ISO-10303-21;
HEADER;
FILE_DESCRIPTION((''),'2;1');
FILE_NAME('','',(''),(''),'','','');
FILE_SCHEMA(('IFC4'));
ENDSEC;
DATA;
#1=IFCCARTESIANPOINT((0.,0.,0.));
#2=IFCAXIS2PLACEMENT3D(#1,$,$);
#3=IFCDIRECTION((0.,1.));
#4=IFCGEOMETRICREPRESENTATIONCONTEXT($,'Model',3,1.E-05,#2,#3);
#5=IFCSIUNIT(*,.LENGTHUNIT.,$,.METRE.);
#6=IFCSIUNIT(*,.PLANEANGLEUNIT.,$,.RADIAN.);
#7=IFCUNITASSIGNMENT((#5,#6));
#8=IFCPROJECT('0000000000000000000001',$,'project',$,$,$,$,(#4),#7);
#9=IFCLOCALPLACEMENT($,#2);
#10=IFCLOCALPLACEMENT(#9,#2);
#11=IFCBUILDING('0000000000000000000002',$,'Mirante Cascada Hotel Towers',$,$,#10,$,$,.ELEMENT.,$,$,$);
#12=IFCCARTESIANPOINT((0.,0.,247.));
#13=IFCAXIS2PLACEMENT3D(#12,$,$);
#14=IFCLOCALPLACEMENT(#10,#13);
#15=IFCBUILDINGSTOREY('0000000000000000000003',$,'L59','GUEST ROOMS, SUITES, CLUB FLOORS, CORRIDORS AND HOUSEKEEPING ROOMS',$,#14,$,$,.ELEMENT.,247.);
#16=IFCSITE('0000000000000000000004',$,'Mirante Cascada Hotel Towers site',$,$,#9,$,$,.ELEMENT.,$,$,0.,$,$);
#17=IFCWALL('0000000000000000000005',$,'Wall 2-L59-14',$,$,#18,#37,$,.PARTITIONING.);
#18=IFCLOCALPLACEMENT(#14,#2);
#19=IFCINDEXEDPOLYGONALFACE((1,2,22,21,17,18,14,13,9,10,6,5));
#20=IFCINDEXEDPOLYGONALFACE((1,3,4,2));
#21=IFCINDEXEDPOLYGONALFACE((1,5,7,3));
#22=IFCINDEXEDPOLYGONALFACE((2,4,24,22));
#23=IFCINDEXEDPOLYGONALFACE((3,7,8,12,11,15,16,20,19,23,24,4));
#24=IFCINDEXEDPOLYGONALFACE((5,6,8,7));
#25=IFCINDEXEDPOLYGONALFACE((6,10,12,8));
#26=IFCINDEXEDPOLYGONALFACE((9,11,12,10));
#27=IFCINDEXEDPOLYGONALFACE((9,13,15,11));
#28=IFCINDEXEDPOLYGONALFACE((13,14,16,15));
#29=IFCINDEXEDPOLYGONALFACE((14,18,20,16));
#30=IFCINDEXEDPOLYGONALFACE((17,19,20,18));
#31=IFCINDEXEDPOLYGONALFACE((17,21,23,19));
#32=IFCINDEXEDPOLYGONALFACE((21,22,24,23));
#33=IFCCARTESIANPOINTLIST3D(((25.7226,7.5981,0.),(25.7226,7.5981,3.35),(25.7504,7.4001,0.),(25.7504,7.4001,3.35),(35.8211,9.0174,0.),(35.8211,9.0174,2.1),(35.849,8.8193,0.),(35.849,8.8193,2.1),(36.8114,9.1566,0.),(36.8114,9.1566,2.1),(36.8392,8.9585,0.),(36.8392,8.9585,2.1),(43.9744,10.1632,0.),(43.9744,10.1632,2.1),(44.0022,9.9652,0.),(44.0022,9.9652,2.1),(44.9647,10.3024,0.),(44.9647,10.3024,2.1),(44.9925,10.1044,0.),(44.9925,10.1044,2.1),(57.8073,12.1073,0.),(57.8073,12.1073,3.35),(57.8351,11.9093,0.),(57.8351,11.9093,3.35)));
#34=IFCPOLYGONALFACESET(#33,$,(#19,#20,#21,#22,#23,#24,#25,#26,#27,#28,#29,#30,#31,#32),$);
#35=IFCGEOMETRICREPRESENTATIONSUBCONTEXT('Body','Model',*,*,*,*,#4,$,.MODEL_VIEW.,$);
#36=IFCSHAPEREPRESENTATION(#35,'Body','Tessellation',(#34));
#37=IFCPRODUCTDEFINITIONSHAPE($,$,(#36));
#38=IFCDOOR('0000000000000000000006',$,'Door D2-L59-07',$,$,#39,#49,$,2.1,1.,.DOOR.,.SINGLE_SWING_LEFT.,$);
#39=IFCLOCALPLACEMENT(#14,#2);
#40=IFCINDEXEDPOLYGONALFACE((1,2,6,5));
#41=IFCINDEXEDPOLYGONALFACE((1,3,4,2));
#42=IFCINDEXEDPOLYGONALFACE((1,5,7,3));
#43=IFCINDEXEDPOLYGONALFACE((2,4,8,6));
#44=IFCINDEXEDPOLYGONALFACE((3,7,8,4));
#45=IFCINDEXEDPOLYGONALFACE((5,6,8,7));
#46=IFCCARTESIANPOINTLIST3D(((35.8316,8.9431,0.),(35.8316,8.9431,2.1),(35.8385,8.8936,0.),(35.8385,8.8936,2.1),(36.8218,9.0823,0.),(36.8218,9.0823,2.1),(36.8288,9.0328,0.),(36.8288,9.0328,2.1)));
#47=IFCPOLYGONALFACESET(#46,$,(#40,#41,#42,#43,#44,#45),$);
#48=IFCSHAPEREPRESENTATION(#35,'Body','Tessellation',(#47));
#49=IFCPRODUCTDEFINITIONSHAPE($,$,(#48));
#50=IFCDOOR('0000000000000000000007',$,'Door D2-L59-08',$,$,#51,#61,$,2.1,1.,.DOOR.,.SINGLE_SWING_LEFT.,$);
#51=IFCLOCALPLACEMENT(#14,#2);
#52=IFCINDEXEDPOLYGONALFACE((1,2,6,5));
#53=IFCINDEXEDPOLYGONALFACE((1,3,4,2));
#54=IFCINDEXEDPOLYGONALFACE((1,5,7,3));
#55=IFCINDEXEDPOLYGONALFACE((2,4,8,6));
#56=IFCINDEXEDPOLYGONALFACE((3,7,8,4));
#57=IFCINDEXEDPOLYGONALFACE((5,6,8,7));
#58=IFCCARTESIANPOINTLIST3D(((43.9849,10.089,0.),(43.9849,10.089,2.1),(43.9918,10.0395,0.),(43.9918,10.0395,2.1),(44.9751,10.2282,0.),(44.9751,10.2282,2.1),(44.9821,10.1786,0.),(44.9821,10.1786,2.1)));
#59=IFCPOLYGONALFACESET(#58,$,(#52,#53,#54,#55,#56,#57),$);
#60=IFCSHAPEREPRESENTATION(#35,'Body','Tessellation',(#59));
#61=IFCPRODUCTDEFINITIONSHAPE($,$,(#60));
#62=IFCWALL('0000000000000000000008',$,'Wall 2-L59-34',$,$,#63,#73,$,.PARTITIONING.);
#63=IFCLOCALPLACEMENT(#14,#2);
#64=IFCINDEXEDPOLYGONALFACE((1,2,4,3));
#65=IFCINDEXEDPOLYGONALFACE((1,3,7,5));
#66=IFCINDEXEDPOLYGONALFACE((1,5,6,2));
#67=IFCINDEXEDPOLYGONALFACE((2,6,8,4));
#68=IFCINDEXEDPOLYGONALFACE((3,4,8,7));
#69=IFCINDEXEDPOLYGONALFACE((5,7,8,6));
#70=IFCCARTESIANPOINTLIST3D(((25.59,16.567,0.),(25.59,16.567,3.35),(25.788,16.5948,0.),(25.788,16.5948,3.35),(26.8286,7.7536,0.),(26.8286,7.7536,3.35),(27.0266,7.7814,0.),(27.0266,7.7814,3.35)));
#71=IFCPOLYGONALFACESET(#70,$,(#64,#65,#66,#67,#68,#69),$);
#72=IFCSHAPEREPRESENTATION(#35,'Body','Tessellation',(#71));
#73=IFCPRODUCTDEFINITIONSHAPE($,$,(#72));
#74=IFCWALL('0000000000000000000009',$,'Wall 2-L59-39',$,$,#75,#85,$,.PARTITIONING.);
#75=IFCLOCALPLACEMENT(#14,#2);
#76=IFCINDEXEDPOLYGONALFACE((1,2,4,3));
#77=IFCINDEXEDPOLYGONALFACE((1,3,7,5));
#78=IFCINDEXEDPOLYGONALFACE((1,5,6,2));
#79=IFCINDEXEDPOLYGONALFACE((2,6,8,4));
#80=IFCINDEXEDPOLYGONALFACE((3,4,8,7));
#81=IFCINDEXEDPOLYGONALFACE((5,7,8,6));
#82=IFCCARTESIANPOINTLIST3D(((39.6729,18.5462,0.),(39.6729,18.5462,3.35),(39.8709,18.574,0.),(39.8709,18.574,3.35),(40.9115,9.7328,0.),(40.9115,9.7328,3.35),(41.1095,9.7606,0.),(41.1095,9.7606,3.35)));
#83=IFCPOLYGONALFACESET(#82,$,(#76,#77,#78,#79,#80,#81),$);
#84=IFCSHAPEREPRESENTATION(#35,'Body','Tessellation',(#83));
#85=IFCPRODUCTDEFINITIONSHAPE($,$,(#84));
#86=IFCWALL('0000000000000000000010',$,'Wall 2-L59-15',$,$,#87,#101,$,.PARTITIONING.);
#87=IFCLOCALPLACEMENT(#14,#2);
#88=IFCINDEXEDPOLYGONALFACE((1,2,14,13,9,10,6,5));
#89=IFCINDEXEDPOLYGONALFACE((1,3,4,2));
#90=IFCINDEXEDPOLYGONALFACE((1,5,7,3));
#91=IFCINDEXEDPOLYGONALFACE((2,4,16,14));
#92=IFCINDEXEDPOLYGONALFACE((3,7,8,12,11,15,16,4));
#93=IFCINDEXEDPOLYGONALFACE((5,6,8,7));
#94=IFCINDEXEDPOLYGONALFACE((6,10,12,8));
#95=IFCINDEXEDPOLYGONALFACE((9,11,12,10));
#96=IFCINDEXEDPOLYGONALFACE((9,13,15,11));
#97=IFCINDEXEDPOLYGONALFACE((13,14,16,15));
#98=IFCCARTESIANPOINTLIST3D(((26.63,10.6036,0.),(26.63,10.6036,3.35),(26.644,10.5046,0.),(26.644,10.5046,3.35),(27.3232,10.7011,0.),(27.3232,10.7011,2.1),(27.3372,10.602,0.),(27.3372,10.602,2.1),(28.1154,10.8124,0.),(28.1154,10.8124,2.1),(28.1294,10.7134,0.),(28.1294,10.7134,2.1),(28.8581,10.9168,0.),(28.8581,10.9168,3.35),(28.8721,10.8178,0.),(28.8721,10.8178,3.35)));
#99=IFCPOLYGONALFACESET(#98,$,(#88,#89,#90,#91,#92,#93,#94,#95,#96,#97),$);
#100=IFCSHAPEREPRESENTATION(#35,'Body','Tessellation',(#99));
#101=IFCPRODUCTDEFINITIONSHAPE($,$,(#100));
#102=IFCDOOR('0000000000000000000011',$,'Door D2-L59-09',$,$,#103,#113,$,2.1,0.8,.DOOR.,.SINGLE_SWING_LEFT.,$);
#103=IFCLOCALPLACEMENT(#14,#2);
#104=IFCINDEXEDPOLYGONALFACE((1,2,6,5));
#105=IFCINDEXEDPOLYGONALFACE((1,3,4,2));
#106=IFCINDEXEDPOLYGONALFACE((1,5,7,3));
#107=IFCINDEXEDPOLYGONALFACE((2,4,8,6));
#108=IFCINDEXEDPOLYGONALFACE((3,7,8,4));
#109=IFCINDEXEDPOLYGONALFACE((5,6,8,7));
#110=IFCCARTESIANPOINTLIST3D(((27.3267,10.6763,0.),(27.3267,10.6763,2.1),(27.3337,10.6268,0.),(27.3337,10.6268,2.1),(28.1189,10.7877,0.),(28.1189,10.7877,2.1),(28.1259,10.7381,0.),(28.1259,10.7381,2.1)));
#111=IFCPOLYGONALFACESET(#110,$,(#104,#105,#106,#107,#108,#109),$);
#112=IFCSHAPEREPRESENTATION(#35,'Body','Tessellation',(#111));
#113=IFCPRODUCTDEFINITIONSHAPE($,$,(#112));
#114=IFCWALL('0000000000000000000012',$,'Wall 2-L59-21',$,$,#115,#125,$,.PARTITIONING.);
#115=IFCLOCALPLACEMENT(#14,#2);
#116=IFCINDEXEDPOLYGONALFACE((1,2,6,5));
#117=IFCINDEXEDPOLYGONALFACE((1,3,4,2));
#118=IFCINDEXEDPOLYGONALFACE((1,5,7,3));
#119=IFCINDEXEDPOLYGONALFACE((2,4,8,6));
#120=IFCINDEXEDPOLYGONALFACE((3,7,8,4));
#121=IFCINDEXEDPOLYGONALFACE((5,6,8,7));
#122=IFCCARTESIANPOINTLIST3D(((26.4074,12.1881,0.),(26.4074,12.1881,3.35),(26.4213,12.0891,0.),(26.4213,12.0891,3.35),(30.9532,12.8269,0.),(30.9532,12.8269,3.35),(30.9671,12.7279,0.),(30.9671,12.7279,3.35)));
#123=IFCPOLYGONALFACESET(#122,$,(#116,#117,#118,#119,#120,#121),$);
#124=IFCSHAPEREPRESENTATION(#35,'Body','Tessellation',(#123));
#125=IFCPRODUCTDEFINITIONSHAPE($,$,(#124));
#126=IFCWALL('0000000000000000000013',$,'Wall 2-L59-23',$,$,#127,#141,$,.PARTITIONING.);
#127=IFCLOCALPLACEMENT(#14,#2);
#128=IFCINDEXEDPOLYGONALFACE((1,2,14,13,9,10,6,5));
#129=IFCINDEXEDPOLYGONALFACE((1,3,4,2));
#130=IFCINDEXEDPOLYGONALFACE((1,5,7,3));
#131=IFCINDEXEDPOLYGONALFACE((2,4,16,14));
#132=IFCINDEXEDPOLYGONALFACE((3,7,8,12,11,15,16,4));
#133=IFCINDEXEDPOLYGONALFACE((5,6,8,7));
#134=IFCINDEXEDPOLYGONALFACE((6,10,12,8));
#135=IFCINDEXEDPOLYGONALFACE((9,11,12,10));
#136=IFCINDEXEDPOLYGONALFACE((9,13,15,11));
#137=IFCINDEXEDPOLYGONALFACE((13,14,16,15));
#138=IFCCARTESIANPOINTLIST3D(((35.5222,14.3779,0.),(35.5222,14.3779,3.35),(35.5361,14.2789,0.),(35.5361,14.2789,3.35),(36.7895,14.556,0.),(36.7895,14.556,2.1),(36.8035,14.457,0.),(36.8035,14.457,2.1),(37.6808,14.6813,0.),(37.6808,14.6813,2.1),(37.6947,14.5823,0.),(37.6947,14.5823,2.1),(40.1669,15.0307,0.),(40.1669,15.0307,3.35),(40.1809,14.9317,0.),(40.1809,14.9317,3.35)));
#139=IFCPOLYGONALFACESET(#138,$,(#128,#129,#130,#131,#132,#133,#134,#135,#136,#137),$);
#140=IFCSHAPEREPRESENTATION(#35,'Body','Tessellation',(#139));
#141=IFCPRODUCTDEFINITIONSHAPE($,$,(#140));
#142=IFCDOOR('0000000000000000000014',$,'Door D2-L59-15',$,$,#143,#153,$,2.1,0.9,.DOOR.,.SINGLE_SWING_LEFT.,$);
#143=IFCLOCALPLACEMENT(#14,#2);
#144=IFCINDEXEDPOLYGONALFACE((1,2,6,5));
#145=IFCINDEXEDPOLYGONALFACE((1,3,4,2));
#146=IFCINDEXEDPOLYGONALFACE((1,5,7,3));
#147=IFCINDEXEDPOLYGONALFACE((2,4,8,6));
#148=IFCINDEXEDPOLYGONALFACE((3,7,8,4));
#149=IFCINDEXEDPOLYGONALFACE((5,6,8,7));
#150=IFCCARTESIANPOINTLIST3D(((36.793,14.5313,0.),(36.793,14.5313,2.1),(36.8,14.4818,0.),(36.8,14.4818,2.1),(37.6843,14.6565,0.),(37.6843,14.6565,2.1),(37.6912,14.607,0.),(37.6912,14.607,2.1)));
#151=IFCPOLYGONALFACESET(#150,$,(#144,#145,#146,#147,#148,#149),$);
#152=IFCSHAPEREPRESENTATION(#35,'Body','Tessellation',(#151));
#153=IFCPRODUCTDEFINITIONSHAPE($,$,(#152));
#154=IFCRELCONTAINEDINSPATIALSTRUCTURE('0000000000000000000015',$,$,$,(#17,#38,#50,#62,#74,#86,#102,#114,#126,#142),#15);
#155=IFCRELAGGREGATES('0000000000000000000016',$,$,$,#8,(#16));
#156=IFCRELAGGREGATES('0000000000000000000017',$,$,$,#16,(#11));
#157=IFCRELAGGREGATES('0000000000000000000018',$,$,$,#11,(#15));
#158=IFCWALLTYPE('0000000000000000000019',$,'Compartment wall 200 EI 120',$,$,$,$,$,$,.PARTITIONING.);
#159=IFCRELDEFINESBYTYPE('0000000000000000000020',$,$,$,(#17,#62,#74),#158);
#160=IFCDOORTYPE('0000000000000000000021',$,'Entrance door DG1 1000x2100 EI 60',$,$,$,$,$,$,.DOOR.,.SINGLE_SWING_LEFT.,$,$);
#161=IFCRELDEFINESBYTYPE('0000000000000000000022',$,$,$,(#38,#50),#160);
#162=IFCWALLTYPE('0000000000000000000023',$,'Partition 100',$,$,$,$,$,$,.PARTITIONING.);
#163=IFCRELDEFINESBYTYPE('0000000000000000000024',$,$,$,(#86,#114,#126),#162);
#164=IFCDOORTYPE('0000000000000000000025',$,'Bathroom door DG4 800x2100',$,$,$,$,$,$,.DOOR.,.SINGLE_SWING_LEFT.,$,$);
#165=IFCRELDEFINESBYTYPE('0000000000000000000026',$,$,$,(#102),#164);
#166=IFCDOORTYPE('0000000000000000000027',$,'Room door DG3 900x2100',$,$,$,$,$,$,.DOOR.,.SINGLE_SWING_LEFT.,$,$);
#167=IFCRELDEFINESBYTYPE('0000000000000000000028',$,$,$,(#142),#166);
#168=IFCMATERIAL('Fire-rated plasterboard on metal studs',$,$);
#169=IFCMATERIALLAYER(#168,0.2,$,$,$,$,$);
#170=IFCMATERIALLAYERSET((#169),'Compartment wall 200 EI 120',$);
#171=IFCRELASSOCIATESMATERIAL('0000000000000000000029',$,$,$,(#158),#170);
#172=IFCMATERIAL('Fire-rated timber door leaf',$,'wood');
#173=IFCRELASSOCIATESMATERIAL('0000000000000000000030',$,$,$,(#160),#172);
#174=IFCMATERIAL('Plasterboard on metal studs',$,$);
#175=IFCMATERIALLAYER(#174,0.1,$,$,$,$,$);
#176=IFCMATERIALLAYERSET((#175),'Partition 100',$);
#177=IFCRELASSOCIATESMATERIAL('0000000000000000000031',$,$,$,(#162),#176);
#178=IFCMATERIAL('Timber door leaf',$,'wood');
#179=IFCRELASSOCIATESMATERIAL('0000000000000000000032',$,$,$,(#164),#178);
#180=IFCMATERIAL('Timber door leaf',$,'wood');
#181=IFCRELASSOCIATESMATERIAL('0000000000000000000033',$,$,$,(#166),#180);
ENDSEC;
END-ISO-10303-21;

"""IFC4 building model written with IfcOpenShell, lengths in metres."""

from ifc_helpers import new_model, si_unit, direction, frame, frame_2d, origin, place, context, subcontext, project, spatial, rectangle, extrude, material, layer, layer_set, type_object, element, fill, save


model = new_model("IFC4")

# Units and contexts
model_context = context("Model", 3, precision=1e-05, world=origin(), true_north=direction((0.0, 1.0)))
body_context = subcontext(model_context, "Body", "Model", "MODEL_VIEW")
ifc_project = project(units=[si_unit("LENGTHUNIT", "METRE"), si_unit("PLANEANGLEUNIT", "RADIAN")], contexts=[model_context])

# Site, building, storey
site_placement = place(None, origin())
site = spatial("IfcSite", under=ifc_project, at=site_placement, Name="Mirante Cascada Hotel Towers site", CompositionType="ELEMENT", RefElevation=0.0)
building_placement = place(site_placement, origin())
building = spatial("IfcBuilding", under=site, at=building_placement, Name="Mirante Cascada Hotel Towers", CompositionType="ELEMENT")
storey_placement = place(building_placement, frame((0.0, 0.0, 247.0)))
storey = spatial("IfcBuildingStorey", under=building, at=storey_placement, Name="L59", Description="GUEST ROOMS, SUITES, CLUB FLOORS, CORRIDORS AND HOUSEKEEPING ROOMS", CompositionType="ELEMENT", Elevation=247.0)

# Wall, openings, doors
ifc_material_1 = material(Name="Fire-rated plasterboard on metal studs")
ifc_layer_1 = layer(ifc_material_1, 0.2)
ifc_layer_set_1 = layer_set([ifc_layer_1], Name="Compartment wall 200 EI 120")
wall_type_1 = type_object("IfcWallType", Name="Compartment wall 200 EI 120", PredefinedType="PARTITIONING", material=ifc_layer_set_1)
wall_1_placement = place(storey_placement, frame((25.7365, 7.4991, 0.0), z_axis=(0.0, 0.0, 1.0), x_axis=(0.990268, 0.139173, 0.0)))
wall_1 = element("IfcWall", 1, at=wall_1_placement, inside=storey, type_object=wall_type_1, Name="Wall 2-L59-14", PredefinedType="PARTITIONING", context=body_context, shape_type="SweptSolid", body=[
    extrude(rectangle(XDim=32.4, YDim=0.2, at=frame_2d((16.2, 0.0))), origin(), (0.0, 0.0, 1.0), 3.35),
])
opening_1_placement = place(wall_1_placement, frame((10.1978, 0.0, 0.0)))
opening_1 = element("IfcOpeningElement", 2, at=opening_1_placement, cuts=wall_1, PredefinedType="OPENING", context=body_context, shape_type="SweptSolid", body=[
    extrude(rectangle(XDim=1.0, YDim=2.1, at=frame_2d((0.5, 1.05))), frame((0.0, 0.1, 0.0), z_axis=(0.0, -1.0, 0.0), x_axis=(1.0, 0.0, 0.0)), (0.0, 0.0, 1.0), 0.2),
])
opening_2_placement = place(wall_1_placement, frame((18.4312, 0.0, 0.0)))
opening_2 = element("IfcOpeningElement", 3, at=opening_2_placement, cuts=wall_1, PredefinedType="OPENING", context=body_context, shape_type="SweptSolid", body=[
    extrude(rectangle(XDim=1.0, YDim=2.1, at=frame_2d((0.5, 1.05))), frame((0.0, 0.1, 0.0), z_axis=(0.0, -1.0, 0.0), x_axis=(1.0, 0.0, 0.0)), (0.0, 0.0, 1.0), 0.2),
])
ifc_material_2 = material(Name="Fire-rated timber door leaf", Category="wood")
door_type_1 = type_object("IfcDoorType", Name="Entrance door DG1 1000x2100 EI 60", OperationType="SINGLE_SWING_LEFT", PredefinedType="DOOR", material=ifc_material_2)
door_1_placement = place(opening_1_placement, origin())
door_1 = element("IfcDoor", 4, at=door_1_placement, inside=storey, type_object=door_type_1, Name="Door D2-L59-07", OperationType="SINGLE_SWING_LEFT", OverallHeight=2.1, OverallWidth=1.0, PredefinedType="DOOR", context=body_context, shape_type="SweptSolid", body=[
    extrude(rectangle(XDim=1.0, YDim=2.1, at=frame_2d((0.5, 1.05))), frame((0.0, 0.025, 0.0), z_axis=(0.0, -1.0, 0.0), x_axis=(1.0, 0.0, 0.0)), (0.0, 0.0, 1.0), 0.05),
])
fill(opening_1, door_1)
door_2_placement = place(opening_2_placement, origin())
door_2 = element("IfcDoor", 5, at=door_2_placement, inside=storey, type_object=door_type_1, Name="Door D2-L59-08", OperationType="SINGLE_SWING_LEFT", OverallHeight=2.1, OverallWidth=1.0, PredefinedType="DOOR", context=body_context, shape_type="SweptSolid", body=[
    extrude(rectangle(XDim=1.0, YDim=2.1, at=frame_2d((0.5, 1.05))), frame((0.0, 0.025, 0.0), z_axis=(0.0, -1.0, 0.0), x_axis=(1.0, 0.0, 0.0)), (0.0, 0.0, 1.0), 0.05),
])
fill(opening_2, door_2)

# Walls
for number, where, z_axis, x_axis, name in (
    (6, (26.9276, 7.7675, 0.0), (0.0, 0.0, 1.0), (-0.139168, 0.990269, 0.0), "Wall 2-L59-34"),
    (7, (39.7719, 18.5601, 0.0), (0.0, 0.0, 1.0), (0.139168, -0.990269, 0.0), "Wall 2-L59-39"),
):
    element("IfcWall", number, at=place(storey_placement, frame(where, z_axis=z_axis, x_axis=x_axis)), inside=storey, type_object=wall_type_1, Name=name, PredefinedType="PARTITIONING", context=body_context, shape_type="SweptSolid", body=[
        extrude(rectangle(XDim=8.9, YDim=0.2, at=frame_2d((4.45, 0.0))), origin(), (0.0, 0.0, 1.0), 3.35),
    ])

# Wall, opening, door
ifc_material_3 = material(Name="Plasterboard on metal studs")
ifc_layer_2 = layer(ifc_material_3, 0.1)
ifc_layer_set_2 = layer_set([ifc_layer_2], Name="Partition 100")
wall_type_2 = type_object("IfcWallType", Name="Partition 100", PredefinedType="PARTITIONING", material=ifc_layer_set_2)
wall_2_placement = place(storey_placement, frame((28.8651, 10.8673, 0.0), z_axis=(0.0, 0.0, 1.0), x_axis=(-0.990264, -0.1392, 0.0)))
wall_2 = element("IfcWall", 8, at=wall_2_placement, inside=storey, type_object=wall_type_2, Name="Wall 2-L59-15", PredefinedType="PARTITIONING", context=body_context, shape_type="SweptSolid", body=[
    extrude(rectangle(XDim=2.25, YDim=0.1, at=frame_2d((1.125, 0.0))), origin(), (0.0, 0.0, 1.0), 3.35),
])
opening_3_placement = place(wall_2_placement, frame((0.75, 0.0, 0.0)))
opening_3 = element("IfcOpeningElement", 9, at=opening_3_placement, cuts=wall_2, PredefinedType="OPENING", context=body_context, shape_type="SweptSolid", body=[
    extrude(rectangle(XDim=0.8, YDim=2.1, at=frame_2d((0.4, 1.05))), frame((0.0, 0.05, 0.0), z_axis=(0.0, -1.0, 0.0), x_axis=(1.0, 0.0, 0.0)), (0.0, 0.0, 1.0), 0.1),
])
ifc_material_4 = material(Name="Timber door leaf", Category="wood")
door_type_2 = type_object("IfcDoorType", Name="Bathroom door DG4 800x2100", OperationType="SINGLE_SWING_LEFT", PredefinedType="DOOR", material=ifc_material_4)
door_3_placement = place(opening_3_placement, origin())
door_3 = element("IfcDoor", 10, at=door_3_placement, inside=storey, type_object=door_type_2, Name="Door D2-L59-09", OperationType="SINGLE_SWING_LEFT", OverallHeight=2.1, OverallWidth=0.8, PredefinedType="DOOR", context=body_context, shape_type="SweptSolid", body=[
    extrude(rectangle(XDim=0.8, YDim=2.1, at=frame_2d((0.4, 1.05))), frame((0.0, 0.025, 0.0), z_axis=(0.0, -1.0, 0.0), x_axis=(1.0, 0.0, 0.0)), (0.0, 0.0, 1.0), 0.05),
])
fill(opening_3, door_3)

# Wall
wall_3_placement = place(storey_placement, frame((30.9601, 12.7774, 0.0), z_axis=(0.0, 0.0, 1.0), x_axis=(-0.99027, -0.139158, 0.0)))
element("IfcWall", 11, at=wall_3_placement, inside=storey, type_object=wall_type_2, Name="Wall 2-L59-21", PredefinedType="PARTITIONING", context=body_context, shape_type="SweptSolid", body=[
    extrude(rectangle(XDim=4.5905, YDim=0.1, at=frame_2d((2.2952, 0.0))), origin(), (0.0, 0.0, 1.0), 3.35),
])

# Wall, opening, door
wall_4_placement = place(storey_placement, frame((40.1739, 14.9812, 0.0), z_axis=(0.0, 0.0, 1.0), x_axis=(-0.990268, -0.139176, 0.0)))
wall_4 = element("IfcWall", 12, at=wall_4_placement, inside=storey, type_object=wall_type_2, Name="Wall 2-L59-23", PredefinedType="PARTITIONING", context=body_context, shape_type="SweptSolid", body=[
    extrude(rectangle(XDim=4.6904, YDim=0.1, at=frame_2d((2.3452, 0.0))), origin(), (0.0, 0.0, 1.0), 3.35),
])
opening_4_placement = place(wall_4_placement, frame((2.5106, 0.0, 0.0)))
opening_4 = element("IfcOpeningElement", 13, at=opening_4_placement, cuts=wall_4, PredefinedType="OPENING", context=body_context, shape_type="SweptSolid", body=[
    extrude(rectangle(XDim=0.9, YDim=2.1, at=frame_2d((0.45, 1.05))), frame((0.0, 0.05, 0.0), z_axis=(0.0, -1.0, 0.0), x_axis=(1.0, 0.0, 0.0)), (0.0, 0.0, 1.0), 0.1),
])
ifc_material_5 = material(Name="Timber door leaf", Category="wood")
door_type_3 = type_object("IfcDoorType", Name="Room door DG3 900x2100", OperationType="SINGLE_SWING_LEFT", PredefinedType="DOOR", material=ifc_material_5)
door_4_placement = place(opening_4_placement, origin())
door_4 = element("IfcDoor", 14, at=door_4_placement, inside=storey, type_object=door_type_3, Name="Door D2-L59-15", OperationType="SINGLE_SWING_LEFT", OverallHeight=2.1, OverallWidth=0.9, PredefinedType="DOOR", context=body_context, shape_type="SweptSolid", body=[
    extrude(rectangle(XDim=0.9, YDim=2.1, at=frame_2d((0.45, 1.05))), frame((0.0, 0.025, 0.0), z_axis=(0.0, -1.0, 0.0), x_axis=(1.0, 0.0, 0.0)), (0.0, 0.0, 1.0), 0.05),
])
fill(opening_4, door_4)

save(model, "model.ifc")
